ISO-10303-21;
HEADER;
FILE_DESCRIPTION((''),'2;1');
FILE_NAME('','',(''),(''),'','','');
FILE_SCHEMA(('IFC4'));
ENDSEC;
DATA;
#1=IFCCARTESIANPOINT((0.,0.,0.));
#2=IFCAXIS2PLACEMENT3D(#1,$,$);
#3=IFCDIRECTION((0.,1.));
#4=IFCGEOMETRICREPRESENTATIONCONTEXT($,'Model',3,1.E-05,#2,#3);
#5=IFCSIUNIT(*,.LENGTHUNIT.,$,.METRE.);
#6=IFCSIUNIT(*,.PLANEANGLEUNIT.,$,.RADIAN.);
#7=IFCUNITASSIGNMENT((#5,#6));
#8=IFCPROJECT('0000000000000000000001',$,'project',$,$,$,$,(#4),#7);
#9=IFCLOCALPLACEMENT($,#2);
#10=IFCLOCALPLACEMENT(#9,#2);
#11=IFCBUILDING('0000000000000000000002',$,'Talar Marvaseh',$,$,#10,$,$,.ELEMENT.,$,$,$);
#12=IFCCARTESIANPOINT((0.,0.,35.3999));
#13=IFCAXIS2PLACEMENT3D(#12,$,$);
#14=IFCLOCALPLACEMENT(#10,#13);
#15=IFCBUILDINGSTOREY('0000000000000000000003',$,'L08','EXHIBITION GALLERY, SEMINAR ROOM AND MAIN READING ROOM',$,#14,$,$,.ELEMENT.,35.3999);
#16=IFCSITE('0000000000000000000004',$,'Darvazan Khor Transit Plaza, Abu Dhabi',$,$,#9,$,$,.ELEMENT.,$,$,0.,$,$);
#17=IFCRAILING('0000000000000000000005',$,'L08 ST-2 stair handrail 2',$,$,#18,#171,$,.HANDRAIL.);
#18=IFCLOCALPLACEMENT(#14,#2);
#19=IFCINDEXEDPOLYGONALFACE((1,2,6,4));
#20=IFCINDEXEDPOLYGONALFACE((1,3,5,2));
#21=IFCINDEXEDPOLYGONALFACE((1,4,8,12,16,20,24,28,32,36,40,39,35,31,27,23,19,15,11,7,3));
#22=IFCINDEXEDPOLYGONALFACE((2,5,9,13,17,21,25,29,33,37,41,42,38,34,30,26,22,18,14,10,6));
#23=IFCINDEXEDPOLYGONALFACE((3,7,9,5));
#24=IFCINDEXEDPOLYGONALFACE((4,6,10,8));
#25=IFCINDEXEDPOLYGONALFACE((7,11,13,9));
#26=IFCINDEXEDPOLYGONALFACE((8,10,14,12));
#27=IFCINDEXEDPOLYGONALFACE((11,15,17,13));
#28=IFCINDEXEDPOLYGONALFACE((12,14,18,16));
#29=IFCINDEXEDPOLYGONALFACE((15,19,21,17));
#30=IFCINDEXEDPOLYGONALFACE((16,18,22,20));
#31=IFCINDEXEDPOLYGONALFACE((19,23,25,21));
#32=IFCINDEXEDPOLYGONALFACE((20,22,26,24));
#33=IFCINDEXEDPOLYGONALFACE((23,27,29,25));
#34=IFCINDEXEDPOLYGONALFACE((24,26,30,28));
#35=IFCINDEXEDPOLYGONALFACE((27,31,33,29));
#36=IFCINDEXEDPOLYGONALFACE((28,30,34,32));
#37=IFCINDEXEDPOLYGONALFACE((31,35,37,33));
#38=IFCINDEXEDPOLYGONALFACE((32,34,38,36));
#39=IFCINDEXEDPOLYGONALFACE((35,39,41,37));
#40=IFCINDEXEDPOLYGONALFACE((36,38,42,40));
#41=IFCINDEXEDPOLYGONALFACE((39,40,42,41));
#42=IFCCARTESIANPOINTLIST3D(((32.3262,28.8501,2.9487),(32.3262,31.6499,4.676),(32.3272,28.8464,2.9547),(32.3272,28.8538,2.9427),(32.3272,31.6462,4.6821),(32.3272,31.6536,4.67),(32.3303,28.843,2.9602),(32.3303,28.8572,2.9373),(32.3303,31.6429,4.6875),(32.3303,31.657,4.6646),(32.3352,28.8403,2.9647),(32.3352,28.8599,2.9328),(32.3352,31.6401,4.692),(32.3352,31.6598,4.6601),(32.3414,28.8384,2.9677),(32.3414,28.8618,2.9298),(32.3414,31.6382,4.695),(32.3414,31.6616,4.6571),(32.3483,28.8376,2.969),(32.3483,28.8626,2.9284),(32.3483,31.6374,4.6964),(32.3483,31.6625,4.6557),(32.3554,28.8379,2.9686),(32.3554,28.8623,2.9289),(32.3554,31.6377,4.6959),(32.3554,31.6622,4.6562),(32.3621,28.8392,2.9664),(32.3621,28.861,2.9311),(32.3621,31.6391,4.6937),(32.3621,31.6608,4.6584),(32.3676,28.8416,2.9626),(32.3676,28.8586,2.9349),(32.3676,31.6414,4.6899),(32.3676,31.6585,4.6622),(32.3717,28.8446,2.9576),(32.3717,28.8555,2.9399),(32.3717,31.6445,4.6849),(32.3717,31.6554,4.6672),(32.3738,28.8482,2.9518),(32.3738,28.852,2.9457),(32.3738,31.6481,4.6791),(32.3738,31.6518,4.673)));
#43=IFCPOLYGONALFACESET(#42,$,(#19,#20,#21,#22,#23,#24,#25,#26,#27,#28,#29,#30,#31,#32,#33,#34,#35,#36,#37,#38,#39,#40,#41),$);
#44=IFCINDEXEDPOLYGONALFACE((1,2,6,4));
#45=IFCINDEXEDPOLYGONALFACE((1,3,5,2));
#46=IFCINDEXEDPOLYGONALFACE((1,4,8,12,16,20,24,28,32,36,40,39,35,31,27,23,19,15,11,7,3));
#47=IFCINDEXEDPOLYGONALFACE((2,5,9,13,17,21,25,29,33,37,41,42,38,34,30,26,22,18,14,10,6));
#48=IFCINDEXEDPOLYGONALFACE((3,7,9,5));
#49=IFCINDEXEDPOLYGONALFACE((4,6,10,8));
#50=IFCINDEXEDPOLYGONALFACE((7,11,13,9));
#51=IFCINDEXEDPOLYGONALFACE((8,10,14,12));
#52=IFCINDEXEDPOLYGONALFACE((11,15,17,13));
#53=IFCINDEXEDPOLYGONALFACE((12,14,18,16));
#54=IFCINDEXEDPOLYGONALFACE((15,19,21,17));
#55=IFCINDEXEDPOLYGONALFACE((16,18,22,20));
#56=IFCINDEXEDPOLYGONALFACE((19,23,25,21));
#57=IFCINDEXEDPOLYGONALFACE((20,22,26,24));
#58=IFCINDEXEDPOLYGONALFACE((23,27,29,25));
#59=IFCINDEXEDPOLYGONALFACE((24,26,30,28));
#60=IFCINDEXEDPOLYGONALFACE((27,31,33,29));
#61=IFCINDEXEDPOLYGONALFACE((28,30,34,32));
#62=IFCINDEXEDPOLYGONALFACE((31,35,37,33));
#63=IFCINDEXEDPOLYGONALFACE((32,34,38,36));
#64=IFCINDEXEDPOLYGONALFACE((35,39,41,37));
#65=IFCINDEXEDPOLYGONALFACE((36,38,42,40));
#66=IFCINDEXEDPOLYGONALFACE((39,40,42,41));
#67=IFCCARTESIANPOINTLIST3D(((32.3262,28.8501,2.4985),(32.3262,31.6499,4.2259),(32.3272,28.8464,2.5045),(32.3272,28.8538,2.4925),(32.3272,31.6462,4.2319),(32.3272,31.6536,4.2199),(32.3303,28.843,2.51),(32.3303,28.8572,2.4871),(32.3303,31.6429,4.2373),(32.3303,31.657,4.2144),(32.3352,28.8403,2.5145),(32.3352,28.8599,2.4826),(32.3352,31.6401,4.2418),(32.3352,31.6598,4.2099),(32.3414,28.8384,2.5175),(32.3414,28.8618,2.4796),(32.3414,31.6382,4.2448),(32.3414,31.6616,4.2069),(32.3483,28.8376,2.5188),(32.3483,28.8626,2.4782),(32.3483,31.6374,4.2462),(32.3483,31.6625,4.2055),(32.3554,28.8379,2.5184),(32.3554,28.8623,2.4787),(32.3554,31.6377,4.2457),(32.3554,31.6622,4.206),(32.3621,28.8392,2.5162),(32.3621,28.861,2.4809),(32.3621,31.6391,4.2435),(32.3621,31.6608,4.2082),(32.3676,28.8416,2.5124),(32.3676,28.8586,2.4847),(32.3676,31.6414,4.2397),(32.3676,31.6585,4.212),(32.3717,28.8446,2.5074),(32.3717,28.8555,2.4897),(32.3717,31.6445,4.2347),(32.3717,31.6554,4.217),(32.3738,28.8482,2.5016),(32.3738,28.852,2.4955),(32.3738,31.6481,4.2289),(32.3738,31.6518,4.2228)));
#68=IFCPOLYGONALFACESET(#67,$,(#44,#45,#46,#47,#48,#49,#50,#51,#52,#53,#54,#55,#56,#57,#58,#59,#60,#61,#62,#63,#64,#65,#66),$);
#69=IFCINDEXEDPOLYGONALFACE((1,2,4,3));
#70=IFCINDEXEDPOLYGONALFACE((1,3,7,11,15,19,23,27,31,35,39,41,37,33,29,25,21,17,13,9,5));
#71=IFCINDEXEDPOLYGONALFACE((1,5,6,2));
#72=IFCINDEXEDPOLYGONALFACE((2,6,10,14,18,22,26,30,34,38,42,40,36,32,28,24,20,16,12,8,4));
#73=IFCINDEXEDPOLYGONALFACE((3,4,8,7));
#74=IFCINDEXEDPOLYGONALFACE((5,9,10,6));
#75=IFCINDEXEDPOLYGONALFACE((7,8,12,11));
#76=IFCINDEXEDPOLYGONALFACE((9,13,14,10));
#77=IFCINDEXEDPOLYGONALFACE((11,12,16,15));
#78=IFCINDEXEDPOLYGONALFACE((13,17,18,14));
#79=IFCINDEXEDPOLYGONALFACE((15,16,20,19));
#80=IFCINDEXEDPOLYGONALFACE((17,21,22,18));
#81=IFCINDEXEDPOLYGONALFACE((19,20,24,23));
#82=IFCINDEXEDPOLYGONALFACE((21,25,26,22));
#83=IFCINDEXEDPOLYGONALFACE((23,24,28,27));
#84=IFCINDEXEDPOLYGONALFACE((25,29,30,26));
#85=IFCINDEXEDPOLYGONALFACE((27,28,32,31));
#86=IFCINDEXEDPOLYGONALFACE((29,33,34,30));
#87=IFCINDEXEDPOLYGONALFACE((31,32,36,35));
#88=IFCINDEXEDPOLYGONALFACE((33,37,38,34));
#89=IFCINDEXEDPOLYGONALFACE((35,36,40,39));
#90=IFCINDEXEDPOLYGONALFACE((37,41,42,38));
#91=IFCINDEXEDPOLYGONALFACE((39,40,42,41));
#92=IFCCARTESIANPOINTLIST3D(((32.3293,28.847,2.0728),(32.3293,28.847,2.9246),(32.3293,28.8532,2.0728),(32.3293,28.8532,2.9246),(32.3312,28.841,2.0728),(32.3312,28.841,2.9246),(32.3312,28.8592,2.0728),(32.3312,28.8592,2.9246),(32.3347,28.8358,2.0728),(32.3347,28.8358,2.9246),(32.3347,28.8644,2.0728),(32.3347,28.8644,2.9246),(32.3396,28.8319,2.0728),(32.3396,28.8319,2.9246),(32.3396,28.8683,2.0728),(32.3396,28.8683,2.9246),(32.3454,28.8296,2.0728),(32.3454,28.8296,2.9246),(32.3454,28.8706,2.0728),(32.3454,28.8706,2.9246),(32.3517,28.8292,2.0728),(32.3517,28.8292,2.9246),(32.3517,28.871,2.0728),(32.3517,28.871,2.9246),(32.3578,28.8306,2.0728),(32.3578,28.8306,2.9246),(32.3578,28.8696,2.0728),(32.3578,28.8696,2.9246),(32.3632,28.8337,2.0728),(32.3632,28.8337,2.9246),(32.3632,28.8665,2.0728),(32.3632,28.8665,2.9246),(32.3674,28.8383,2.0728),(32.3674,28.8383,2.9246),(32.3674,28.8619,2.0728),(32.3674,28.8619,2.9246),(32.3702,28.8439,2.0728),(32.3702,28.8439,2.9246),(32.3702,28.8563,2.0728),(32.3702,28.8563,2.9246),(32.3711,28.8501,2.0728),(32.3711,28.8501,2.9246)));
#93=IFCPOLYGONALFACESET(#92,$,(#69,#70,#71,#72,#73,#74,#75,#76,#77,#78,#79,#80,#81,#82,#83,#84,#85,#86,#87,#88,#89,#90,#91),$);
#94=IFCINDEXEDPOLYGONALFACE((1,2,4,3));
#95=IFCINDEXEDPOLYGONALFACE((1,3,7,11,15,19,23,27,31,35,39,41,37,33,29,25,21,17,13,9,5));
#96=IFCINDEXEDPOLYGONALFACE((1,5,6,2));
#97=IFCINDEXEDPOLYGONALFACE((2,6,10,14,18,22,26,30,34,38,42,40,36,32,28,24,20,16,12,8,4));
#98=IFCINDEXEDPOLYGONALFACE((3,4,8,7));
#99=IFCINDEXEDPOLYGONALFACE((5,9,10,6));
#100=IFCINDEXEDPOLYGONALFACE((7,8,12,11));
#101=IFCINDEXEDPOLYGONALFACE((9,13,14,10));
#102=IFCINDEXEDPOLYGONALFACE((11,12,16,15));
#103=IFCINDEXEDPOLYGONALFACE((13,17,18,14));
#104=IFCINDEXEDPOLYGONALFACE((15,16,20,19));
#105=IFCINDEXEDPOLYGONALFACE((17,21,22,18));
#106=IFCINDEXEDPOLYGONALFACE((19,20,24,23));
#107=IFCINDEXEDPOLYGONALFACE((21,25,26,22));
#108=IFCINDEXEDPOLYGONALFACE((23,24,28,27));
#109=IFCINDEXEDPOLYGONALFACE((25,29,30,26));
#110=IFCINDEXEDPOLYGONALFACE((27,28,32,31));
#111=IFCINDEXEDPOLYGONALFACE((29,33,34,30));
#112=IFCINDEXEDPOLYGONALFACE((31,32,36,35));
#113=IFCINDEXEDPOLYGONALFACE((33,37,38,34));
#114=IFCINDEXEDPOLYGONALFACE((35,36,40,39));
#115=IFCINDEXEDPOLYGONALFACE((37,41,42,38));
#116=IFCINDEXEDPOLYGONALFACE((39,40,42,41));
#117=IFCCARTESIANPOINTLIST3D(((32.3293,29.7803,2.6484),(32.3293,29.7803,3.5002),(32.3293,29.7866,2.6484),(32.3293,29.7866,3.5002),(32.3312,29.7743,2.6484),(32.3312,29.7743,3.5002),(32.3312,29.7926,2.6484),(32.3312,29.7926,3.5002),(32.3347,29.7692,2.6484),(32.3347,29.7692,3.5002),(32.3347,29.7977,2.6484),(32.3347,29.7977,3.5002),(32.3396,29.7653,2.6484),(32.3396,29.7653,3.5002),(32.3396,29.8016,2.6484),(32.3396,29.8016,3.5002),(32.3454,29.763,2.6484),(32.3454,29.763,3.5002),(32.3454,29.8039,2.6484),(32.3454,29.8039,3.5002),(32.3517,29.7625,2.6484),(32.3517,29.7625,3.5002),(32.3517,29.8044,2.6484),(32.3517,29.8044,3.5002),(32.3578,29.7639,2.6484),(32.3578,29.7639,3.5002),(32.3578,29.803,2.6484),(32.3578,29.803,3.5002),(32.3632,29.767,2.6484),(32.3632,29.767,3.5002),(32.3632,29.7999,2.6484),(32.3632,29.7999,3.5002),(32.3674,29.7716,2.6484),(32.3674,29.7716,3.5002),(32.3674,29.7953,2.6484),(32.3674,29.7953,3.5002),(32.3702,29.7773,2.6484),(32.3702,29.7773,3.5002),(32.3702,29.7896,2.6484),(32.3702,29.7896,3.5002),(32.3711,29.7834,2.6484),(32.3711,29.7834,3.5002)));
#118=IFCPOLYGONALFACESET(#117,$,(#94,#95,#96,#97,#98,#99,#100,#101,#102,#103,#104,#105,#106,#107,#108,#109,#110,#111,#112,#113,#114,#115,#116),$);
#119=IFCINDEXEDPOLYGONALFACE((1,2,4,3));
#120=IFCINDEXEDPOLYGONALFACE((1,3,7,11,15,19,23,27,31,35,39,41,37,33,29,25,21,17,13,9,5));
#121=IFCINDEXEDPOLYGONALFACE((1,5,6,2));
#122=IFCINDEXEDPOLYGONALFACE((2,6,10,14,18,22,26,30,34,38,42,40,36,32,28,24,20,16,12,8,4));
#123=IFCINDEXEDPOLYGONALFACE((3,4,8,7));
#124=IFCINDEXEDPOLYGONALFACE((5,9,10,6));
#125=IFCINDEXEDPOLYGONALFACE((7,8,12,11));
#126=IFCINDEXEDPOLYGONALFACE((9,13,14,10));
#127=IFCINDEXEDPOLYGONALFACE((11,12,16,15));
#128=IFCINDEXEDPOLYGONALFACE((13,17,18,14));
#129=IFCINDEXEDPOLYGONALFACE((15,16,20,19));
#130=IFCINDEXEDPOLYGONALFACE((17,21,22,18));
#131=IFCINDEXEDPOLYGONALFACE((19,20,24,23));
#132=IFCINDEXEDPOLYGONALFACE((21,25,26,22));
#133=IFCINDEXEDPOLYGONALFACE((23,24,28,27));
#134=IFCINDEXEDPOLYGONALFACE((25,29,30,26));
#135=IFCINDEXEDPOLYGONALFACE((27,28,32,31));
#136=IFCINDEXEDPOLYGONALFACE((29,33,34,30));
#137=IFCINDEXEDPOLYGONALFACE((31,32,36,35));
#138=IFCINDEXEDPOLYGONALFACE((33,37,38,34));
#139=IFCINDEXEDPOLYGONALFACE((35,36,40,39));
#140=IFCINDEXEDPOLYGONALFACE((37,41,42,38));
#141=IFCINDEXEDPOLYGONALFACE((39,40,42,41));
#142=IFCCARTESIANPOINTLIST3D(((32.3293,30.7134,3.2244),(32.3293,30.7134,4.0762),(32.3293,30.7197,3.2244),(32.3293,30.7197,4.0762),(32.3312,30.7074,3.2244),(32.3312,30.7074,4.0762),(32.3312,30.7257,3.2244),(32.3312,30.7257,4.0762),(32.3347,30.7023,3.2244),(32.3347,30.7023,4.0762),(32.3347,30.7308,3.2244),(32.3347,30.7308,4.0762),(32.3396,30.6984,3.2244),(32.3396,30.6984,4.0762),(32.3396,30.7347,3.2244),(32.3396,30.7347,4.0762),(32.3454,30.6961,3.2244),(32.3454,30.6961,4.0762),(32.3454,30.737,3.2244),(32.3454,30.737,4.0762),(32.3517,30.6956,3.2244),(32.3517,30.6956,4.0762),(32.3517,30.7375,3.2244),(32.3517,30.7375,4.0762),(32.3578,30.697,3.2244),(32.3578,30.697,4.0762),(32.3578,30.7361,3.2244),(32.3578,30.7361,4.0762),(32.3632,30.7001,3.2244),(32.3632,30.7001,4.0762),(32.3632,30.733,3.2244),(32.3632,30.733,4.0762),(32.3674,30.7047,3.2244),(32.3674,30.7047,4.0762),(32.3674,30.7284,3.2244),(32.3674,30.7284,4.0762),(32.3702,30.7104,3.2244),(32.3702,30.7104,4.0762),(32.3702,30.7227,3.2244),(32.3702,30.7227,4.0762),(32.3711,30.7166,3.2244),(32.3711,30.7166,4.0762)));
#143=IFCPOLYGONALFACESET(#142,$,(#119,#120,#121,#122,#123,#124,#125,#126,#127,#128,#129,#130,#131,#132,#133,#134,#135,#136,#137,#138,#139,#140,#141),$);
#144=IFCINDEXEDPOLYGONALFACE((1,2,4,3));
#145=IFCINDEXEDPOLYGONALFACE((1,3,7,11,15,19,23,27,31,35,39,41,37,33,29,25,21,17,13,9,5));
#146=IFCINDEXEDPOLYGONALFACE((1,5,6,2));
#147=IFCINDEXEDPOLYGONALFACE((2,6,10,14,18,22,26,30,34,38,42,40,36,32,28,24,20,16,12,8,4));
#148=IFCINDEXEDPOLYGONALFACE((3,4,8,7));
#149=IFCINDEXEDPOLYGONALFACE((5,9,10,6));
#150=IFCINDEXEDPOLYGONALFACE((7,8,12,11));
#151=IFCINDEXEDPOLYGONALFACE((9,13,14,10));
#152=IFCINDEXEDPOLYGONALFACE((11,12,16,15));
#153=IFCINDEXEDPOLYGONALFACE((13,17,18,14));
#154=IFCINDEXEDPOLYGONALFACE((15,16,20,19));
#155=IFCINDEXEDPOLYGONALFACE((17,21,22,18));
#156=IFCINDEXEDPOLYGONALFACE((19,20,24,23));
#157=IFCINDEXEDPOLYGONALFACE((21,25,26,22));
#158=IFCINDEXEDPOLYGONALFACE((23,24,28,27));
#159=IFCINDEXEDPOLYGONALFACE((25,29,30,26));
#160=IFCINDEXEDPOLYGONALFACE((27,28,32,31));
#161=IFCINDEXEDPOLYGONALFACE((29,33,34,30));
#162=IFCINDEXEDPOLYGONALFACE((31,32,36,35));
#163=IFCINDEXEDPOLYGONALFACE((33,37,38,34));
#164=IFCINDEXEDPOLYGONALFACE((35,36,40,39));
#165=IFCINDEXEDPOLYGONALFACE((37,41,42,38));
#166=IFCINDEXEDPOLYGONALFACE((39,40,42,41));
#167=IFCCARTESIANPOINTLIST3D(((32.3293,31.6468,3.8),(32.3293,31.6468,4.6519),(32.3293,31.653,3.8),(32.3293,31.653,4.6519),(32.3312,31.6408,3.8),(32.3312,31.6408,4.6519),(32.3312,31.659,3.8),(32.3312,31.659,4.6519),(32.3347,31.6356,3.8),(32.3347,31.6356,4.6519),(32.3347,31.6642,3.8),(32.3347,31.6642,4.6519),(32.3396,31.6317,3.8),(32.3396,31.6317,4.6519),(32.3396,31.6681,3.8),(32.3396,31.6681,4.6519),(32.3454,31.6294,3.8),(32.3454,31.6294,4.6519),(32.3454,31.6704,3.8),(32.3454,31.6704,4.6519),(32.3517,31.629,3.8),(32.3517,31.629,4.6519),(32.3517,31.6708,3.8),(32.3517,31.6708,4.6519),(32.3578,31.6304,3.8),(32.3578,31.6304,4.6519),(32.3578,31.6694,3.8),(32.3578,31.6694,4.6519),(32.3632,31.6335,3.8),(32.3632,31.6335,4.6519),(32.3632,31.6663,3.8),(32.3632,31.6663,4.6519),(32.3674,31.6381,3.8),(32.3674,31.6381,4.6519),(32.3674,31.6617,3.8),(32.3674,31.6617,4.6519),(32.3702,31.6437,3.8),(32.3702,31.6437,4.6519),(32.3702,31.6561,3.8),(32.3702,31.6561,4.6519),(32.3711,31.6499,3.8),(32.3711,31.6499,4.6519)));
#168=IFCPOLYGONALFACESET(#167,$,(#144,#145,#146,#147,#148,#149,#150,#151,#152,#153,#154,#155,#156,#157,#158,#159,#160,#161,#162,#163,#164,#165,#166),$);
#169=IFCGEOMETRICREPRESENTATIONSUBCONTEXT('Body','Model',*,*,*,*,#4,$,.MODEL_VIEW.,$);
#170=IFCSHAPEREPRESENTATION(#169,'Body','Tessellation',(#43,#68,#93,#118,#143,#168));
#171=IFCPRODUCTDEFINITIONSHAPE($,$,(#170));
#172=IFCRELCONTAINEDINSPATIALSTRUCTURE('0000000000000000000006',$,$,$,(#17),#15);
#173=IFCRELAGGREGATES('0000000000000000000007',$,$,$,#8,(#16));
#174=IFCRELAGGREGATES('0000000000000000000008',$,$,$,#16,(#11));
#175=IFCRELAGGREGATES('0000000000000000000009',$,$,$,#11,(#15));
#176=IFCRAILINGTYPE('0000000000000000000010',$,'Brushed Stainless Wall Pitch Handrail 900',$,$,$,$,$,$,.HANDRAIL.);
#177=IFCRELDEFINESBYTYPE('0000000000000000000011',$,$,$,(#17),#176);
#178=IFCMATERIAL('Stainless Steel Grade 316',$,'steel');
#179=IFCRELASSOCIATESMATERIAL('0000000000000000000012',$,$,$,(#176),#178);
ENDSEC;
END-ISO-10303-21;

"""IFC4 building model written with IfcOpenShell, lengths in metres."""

from ifc_helpers import new_model, si_unit, direction, frame, origin, origin_2d, place, context, subcontext, project, spatial, circle, extrude, material, type_object, element, save


model = new_model("IFC4")

# Units and contexts
model_context = context("Model", 3, precision=1e-05, world=origin(), true_north=direction((0.0, 1.0)))
body_context = subcontext(model_context, "Body", "Model", "MODEL_VIEW")
ifc_project = project(units=[si_unit("LENGTHUNIT", "METRE"), si_unit("PLANEANGLEUNIT", "RADIAN")], contexts=[model_context])

# Site, building, storey
site_placement = place(None, origin())
site = spatial("IfcSite", under=ifc_project, at=site_placement, Name="Darvazan Khor Transit Plaza, Abu Dhabi", CompositionType="ELEMENT", RefElevation=0.0)
building_placement = place(site_placement, origin())
building = spatial("IfcBuilding", under=site, at=building_placement, Name="Talar Marvaseh", CompositionType="ELEMENT")
storey_placement = place(building_placement, frame((0.0, 0.0, 35.3999)))
storey = spatial("IfcBuildingStorey", under=building, at=storey_placement, Name="L08", Description="EXHIBITION GALLERY, SEMINAR ROOM AND MAIN READING ROOM", CompositionType="ELEMENT", Elevation=35.3999)

# Railing
ifc_material_1 = material(Name="Stainless Steel Grade 316", Category="steel")
railing_type_1 = type_object("IfcRailingType", Name="Brushed Stainless Wall Pitch Handrail 900", PredefinedType="HANDRAIL", material=ifc_material_1)
railing_1_placement = place(storey_placement, frame((32.3501, 28.8501, 2.0728)))
element("IfcRailing", 1, at=railing_1_placement, inside=storey, type_object=railing_type_1, Name="L08 ST-2 stair handrail 2", PredefinedType="HANDRAIL", context=body_context, shape_type="SweptSolid", body=[
    extrude(circle(Radius=0.0239, at=origin_2d()), frame((0.0, 0.0, 0.876), z_axis=(0.0, 0.851069, 0.525054), x_axis=(-1.0, 0.0, 0.0)), (0.0, 0.0, 1.0), 3.2898),
    extrude(circle(Radius=0.0239, at=origin_2d()), frame((0.0, 0.0, 0.4258), z_axis=(0.0, 0.851069, 0.525054), x_axis=(-1.0, 0.0, 0.0)), (0.0, 0.0, 1.0), 3.2898),
    extrude(circle(Radius=0.021, at=origin_2d()), origin(), (0.0, 0.0, 1.0), 0.8518),
    extrude(circle(Radius=0.021, at=origin_2d()), frame((0.0, 0.9333, 0.5757)), (0.0, 0.0, 1.0), 0.8518),
    extrude(circle(Radius=0.021, at=origin_2d()), frame((0.0, 1.8665, 1.1516)), (0.0, 0.0, 1.0), 0.8518),
    extrude(circle(Radius=0.021, at=origin_2d()), frame((0.0, 2.7998, 1.7273)), (0.0, 0.0, 1.0), 0.8518),
])

save(model, "model.ifc")
